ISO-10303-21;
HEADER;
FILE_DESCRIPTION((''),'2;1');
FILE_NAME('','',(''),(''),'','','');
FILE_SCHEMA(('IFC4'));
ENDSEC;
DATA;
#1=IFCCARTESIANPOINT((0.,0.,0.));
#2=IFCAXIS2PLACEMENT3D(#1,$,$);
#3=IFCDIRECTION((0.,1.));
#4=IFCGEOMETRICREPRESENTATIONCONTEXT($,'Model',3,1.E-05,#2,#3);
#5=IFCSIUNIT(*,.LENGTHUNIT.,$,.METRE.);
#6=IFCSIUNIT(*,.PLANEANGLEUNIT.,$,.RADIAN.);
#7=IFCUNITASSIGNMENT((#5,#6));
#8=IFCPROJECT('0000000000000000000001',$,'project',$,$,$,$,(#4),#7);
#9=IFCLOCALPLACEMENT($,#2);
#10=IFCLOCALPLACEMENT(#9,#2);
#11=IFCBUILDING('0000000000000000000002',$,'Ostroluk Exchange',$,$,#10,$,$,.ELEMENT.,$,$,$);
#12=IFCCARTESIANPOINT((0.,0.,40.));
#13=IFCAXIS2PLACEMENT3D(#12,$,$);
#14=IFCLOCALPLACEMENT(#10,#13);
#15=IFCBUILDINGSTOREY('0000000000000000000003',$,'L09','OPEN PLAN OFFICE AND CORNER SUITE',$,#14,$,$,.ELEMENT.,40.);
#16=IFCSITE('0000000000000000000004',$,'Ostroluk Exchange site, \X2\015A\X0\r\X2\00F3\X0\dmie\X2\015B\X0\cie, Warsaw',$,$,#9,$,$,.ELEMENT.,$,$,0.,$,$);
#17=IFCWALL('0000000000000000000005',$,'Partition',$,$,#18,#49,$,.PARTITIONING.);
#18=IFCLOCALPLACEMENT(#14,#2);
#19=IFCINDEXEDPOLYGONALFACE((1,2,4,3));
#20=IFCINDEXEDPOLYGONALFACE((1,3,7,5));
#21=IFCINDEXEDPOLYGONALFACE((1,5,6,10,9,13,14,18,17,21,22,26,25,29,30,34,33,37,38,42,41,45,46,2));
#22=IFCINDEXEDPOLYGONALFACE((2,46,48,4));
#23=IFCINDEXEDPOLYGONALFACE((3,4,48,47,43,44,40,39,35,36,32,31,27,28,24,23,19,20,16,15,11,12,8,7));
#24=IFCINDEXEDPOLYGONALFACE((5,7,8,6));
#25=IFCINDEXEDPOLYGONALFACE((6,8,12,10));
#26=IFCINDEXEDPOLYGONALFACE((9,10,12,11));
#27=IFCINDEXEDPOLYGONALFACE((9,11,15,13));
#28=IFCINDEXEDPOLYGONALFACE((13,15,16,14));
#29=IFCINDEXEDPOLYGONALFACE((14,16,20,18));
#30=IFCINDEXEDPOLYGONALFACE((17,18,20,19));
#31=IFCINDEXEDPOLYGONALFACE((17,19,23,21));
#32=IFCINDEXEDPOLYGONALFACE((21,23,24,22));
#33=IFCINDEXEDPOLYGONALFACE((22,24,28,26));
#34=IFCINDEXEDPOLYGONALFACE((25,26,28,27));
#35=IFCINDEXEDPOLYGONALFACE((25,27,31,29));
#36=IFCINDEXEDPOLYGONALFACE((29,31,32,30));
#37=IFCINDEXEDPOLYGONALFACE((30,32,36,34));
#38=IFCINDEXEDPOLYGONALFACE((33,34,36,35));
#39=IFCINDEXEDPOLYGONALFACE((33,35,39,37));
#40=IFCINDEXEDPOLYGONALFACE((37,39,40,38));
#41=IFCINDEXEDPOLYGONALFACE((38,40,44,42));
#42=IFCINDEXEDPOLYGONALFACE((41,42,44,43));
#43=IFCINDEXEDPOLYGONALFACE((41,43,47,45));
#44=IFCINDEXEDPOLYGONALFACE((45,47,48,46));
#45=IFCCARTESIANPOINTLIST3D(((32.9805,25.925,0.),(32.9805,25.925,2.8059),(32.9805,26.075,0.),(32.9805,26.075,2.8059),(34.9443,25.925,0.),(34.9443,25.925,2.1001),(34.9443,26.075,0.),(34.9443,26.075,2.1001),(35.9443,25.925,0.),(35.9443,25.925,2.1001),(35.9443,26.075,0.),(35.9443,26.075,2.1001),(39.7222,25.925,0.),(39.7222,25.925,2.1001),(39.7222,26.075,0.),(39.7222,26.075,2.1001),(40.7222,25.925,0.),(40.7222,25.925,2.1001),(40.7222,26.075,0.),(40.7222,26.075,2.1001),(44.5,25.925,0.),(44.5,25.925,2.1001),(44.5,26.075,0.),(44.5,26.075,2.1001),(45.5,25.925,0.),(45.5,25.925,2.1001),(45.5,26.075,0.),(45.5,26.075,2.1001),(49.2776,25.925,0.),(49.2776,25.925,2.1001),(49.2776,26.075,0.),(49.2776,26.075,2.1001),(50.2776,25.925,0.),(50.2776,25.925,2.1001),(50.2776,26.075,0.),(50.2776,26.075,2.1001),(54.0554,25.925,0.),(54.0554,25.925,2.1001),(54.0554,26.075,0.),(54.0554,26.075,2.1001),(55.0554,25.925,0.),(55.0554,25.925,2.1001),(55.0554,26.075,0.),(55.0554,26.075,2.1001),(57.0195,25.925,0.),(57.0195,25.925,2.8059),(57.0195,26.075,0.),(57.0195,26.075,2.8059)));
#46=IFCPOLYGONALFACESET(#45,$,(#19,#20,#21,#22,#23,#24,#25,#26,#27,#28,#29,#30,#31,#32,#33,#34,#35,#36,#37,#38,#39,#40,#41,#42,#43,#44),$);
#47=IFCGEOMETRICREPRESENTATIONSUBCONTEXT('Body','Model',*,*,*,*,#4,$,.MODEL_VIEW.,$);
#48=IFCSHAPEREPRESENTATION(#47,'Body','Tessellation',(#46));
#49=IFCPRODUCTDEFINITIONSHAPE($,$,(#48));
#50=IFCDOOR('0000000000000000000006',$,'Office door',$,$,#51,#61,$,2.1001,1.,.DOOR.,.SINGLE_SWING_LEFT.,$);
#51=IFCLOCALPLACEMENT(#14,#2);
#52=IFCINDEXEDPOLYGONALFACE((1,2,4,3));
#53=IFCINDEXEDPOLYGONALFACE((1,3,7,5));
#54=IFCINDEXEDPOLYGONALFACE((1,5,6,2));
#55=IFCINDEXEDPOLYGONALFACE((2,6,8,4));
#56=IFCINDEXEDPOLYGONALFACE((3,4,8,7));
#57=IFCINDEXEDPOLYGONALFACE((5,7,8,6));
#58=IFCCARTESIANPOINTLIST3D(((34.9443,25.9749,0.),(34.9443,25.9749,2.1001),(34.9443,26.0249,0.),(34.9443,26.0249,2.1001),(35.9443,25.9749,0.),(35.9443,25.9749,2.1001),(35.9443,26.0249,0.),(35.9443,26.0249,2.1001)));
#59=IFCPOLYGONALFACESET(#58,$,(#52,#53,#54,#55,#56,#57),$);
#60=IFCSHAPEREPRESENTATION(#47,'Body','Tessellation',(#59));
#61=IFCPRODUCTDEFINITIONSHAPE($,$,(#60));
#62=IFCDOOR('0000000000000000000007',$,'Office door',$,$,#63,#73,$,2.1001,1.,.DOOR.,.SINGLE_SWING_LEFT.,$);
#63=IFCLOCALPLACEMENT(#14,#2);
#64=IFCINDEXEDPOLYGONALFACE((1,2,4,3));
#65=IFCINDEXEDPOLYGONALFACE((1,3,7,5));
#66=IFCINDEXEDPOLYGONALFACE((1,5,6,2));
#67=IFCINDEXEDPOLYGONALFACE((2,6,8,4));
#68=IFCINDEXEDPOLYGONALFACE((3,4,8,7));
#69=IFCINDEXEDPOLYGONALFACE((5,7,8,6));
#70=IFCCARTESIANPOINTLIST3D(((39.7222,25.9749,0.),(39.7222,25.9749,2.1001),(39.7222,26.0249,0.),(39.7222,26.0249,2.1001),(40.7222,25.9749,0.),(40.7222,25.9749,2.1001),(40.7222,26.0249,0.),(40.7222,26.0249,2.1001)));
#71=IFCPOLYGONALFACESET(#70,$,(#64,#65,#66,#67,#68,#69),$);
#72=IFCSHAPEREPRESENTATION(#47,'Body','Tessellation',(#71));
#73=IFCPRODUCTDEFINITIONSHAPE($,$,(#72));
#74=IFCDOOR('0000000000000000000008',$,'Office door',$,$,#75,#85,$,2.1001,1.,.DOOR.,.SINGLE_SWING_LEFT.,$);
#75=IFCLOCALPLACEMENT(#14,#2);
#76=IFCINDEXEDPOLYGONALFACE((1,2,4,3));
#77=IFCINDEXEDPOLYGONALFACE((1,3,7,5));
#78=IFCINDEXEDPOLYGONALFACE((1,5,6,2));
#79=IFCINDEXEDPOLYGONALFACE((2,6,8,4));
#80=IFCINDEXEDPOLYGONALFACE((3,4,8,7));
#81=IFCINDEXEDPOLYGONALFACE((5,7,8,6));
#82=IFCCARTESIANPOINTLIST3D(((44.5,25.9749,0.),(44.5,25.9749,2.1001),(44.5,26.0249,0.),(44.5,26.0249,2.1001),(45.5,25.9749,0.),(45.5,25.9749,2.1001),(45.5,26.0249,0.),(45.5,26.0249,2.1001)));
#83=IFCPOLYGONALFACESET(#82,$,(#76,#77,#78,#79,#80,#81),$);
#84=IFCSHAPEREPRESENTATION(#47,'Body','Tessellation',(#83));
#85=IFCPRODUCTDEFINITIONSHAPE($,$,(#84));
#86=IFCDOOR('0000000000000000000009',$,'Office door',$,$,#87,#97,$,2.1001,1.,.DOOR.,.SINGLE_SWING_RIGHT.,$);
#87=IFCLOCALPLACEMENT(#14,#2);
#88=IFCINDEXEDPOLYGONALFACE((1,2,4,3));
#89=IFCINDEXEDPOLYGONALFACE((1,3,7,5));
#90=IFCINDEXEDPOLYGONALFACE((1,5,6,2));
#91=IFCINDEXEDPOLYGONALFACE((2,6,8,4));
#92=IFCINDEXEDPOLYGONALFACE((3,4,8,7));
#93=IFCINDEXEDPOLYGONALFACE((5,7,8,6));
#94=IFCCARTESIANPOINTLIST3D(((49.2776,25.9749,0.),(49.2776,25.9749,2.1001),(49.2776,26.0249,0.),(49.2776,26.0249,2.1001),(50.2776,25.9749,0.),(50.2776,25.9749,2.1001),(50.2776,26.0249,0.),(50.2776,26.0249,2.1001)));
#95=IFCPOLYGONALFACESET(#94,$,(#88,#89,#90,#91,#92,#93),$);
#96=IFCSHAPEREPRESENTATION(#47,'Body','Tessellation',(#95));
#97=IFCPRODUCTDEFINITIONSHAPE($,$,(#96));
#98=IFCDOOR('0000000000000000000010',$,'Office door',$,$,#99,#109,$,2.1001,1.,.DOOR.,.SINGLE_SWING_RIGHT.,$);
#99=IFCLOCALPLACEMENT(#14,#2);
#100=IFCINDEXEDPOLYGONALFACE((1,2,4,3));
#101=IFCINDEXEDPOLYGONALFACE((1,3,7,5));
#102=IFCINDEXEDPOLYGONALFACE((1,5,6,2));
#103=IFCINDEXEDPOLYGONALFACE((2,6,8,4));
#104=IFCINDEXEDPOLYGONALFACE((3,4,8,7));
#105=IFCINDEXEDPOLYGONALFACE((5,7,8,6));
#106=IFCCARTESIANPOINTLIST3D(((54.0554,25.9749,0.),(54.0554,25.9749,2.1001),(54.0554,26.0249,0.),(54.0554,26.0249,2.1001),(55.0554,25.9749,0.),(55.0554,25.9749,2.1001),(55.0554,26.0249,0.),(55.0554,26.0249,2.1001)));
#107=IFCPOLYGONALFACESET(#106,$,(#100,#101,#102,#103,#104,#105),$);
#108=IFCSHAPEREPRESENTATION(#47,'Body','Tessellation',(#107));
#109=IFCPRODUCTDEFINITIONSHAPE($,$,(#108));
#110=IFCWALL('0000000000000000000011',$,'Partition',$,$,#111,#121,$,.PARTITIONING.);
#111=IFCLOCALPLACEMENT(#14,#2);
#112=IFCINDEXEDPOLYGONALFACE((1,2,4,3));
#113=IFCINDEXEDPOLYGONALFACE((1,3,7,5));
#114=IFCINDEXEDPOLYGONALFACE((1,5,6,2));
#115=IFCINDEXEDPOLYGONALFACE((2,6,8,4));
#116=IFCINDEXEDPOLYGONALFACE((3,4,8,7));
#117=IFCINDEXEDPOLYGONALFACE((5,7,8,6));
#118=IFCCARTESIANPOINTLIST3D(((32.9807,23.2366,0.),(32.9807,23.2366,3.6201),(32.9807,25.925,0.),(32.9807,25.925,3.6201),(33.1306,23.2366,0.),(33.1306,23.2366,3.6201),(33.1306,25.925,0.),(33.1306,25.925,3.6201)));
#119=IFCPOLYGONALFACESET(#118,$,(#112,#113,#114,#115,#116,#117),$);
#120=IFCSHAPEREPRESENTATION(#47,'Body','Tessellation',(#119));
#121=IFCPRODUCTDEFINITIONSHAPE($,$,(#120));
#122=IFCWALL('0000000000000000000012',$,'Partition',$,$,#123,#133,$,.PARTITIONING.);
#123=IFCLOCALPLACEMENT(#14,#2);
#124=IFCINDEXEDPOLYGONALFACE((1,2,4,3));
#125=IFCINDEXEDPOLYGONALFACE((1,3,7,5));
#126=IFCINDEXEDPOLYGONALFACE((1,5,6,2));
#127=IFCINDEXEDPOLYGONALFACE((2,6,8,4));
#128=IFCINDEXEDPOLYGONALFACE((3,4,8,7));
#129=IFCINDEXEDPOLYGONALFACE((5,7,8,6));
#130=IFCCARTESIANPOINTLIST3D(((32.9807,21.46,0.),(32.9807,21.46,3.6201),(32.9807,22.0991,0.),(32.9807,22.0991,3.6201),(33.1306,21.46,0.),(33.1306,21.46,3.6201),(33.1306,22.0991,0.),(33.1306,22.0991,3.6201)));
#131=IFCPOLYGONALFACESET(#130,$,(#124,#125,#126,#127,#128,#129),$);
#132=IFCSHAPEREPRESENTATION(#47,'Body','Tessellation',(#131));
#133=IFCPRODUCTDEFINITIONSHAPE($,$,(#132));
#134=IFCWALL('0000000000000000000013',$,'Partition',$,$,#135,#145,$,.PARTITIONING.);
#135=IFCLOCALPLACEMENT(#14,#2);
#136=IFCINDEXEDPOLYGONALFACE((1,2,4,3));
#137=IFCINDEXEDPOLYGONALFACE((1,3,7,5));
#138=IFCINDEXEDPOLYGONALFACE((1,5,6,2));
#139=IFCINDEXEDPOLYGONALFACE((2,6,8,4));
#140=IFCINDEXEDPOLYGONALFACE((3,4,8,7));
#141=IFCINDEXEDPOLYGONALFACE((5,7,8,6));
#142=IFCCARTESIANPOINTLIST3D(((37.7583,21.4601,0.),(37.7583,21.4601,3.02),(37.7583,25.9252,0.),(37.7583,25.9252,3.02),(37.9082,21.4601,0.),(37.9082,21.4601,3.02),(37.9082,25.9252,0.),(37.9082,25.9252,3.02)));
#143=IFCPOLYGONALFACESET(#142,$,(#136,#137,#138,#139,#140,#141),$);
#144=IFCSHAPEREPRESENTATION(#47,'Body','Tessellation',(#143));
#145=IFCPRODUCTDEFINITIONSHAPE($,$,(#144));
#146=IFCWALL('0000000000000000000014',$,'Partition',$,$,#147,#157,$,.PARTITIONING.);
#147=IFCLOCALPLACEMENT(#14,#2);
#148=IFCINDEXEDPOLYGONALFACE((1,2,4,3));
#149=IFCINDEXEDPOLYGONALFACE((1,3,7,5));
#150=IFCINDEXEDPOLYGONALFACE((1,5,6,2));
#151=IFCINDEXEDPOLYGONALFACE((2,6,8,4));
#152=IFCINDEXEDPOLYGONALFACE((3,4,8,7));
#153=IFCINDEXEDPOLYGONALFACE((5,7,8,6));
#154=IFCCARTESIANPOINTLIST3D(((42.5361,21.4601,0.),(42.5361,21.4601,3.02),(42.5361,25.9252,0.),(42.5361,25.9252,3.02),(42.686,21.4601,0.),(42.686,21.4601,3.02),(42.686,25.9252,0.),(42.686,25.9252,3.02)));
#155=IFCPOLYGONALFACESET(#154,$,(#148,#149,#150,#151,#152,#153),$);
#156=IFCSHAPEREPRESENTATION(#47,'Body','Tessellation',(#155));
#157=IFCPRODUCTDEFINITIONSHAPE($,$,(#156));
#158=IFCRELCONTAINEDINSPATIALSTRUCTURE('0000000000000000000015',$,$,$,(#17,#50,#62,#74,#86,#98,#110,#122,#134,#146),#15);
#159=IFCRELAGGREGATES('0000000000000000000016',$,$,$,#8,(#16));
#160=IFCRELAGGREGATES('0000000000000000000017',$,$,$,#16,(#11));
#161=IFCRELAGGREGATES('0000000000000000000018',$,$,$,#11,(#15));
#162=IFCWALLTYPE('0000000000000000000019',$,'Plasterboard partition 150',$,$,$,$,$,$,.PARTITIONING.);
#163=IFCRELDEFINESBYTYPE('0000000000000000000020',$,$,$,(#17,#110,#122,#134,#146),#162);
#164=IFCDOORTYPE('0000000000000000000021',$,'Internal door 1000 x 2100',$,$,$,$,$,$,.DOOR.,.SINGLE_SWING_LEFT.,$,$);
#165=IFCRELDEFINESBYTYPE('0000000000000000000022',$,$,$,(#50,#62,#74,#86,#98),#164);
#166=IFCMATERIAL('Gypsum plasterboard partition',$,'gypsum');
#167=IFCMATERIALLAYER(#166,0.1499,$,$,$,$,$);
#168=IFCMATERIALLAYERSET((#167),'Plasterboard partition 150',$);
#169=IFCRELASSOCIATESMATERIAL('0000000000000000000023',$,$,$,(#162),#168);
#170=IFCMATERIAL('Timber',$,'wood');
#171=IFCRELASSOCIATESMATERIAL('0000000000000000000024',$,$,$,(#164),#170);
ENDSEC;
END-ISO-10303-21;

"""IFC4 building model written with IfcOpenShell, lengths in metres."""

from ifc_helpers import new_model, si_unit, direction, frame, frame_2d, origin, place, context, subcontext, project, spatial, rectangle, extrude, material, layer, layer_set, type_object, element, fill, save


model = new_model("IFC4")

# Units and contexts
model_context = context("Model", 3, precision=1e-05, world=origin(), true_north=direction((0.0, 1.0)))
body_context = subcontext(model_context, "Body", "Model", "MODEL_VIEW")
ifc_project = project(units=[si_unit("LENGTHUNIT", "METRE"), si_unit("PLANEANGLEUNIT", "RADIAN")], contexts=[model_context])

# Site, building, storey
site_placement = place(None, origin())
site = spatial("IfcSite", under=ifc_project, at=site_placement, Name="Ostroluk Exchange site, Śródmieście, Warsaw", CompositionType="ELEMENT", RefElevation=0.0)
building_placement = place(site_placement, origin())
building = spatial("IfcBuilding", under=site, at=building_placement, Name="Ostroluk Exchange", CompositionType="ELEMENT")
storey_placement = place(building_placement, frame((0.0, 0.0, 40.0)))
storey = spatial("IfcBuildingStorey", under=building, at=storey_placement, Name="L09", Description="OPEN PLAN OFFICE AND CORNER SUITE", CompositionType="ELEMENT", Elevation=40.0)

# Wall, openings, doors
ifc_material_1 = material(Name="Gypsum plasterboard partition", Category="gypsum")
ifc_layer_1 = layer(ifc_material_1, 0.1499)
ifc_layer_set_1 = layer_set([ifc_layer_1], Name="Plasterboard partition 150")
wall_type = type_object("IfcWallType", Name="Plasterboard partition 150", PredefinedType="PARTITIONING", material=ifc_layer_set_1)
wall_1_placement = place(storey_placement, frame((32.9805, 26.0, 0.0), z_axis=(0.0, 0.0, 1.0), x_axis=(1.0, 0.0, 0.0)))
wall_1 = element("IfcWall", 1, at=wall_1_placement, inside=storey, type_object=wall_type, Name="Partition", PredefinedType="PARTITIONING", context=body_context, shape_type="SweptSolid", body=[
    extrude(rectangle(XDim=24.0391, YDim=0.1499, at=frame_2d((12.0195, 0.0))), origin(), (0.0, 0.0, 1.0), 2.8059),
])
opening_1_placement = place(wall_1_placement, frame((1.9639, 0.0, 0.0)))
opening_1 = element("IfcOpeningElement", 2, at=opening_1_placement, cuts=wall_1, PredefinedType="OPENING", context=body_context, shape_type="SweptSolid", body=[
    extrude(rectangle(XDim=1.0, YDim=2.1001, at=frame_2d((0.5, 1.05))), frame((0.0, 0.085, 0.0), z_axis=(0.0, -1.0, 0.0), x_axis=(1.0, 0.0, 0.0)), (0.0, 0.0, 1.0), 0.1699),
])
opening_2_placement = place(wall_1_placement, frame((6.7417, 0.0, 0.0)))
opening_2 = element("IfcOpeningElement", 3, at=opening_2_placement, cuts=wall_1, PredefinedType="OPENING", context=body_context, shape_type="SweptSolid", body=[
    extrude(rectangle(XDim=1.0, YDim=2.1001, at=frame_2d((0.5, 1.05))), frame((0.0, 0.085, 0.0), z_axis=(0.0, -1.0, 0.0), x_axis=(1.0, 0.0, 0.0)), (0.0, 0.0, 1.0), 0.1699),
])
opening_3_placement = place(wall_1_placement, frame((11.5195, 0.0, 0.0)))
opening_3 = element("IfcOpeningElement", 4, at=opening_3_placement, cuts=wall_1, PredefinedType="OPENING", context=body_context, shape_type="SweptSolid", body=[
    extrude(rectangle(XDim=1.0, YDim=2.1001, at=frame_2d((0.5, 1.05))), frame((0.0, 0.085, 0.0), z_axis=(0.0, -1.0, 0.0), x_axis=(1.0, 0.0, 0.0)), (0.0, 0.0, 1.0), 0.1699),
])
opening_4_placement = place(wall_1_placement, frame((16.2971, 0.0, 0.0)))
opening_4 = element("IfcOpeningElement", 5, at=opening_4_placement, cuts=wall_1, PredefinedType="OPENING", context=body_context, shape_type="SweptSolid", body=[
    extrude(rectangle(XDim=1.0, YDim=2.1001, at=frame_2d((0.5, 1.05))), frame((0.0, 0.085, 0.0), z_axis=(0.0, -1.0, 0.0), x_axis=(1.0, 0.0, 0.0)), (0.0, 0.0, 1.0), 0.1699),
])
opening_5_placement = place(wall_1_placement, frame((21.075, 0.0, 0.0)))
opening_5 = element("IfcOpeningElement", 6, at=opening_5_placement, cuts=wall_1, PredefinedType="OPENING", context=body_context, shape_type="SweptSolid", body=[
    extrude(rectangle(XDim=1.0, YDim=2.1001, at=frame_2d((0.5, 1.05))), frame((0.0, 0.085, 0.0), z_axis=(0.0, -1.0, 0.0), x_axis=(1.0, 0.0, 0.0)), (0.0, 0.0, 1.0), 0.1699),
])
ifc_material_2 = material(Name="Timber", Category="wood")
door_type_1 = type_object("IfcDoorType", Name="Internal door 1000 x 2100", OperationType="SINGLE_SWING_LEFT", PredefinedType="DOOR", material=ifc_material_2)
door_1_placement = place(opening_1_placement, origin())
door_1 = element("IfcDoor", 7, at=door_1_placement, inside=storey, type_object=door_type_1, Name="Office door", OperationType="SINGLE_SWING_LEFT", OverallHeight=2.1001, OverallWidth=1.0, PredefinedType="DOOR", context=body_context, shape_type="SweptSolid", body=[
    extrude(rectangle(XDim=1.0, YDim=2.1001, at=frame_2d((0.5, 1.05))), frame((0.0, 0.0249, 0.0), z_axis=(0.0, -1.0, 0.0), x_axis=(1.0, 0.0, 0.0)), (0.0, 0.0, 1.0), 0.05),
])
fill(opening_1, door_1)
door_2_placement = place(opening_2_placement, origin())
door_2 = element("IfcDoor", 8, at=door_2_placement, inside=storey, type_object=door_type_1, Name="Office door", OperationType="SINGLE_SWING_LEFT", OverallHeight=2.1001, OverallWidth=1.0, PredefinedType="DOOR", context=body_context, shape_type="SweptSolid", body=[
    extrude(rectangle(XDim=1.0, YDim=2.1001, at=frame_2d((0.5, 1.05))), frame((0.0, 0.0249, 0.0), z_axis=(0.0, -1.0, 0.0), x_axis=(1.0, 0.0, 0.0)), (0.0, 0.0, 1.0), 0.05),
])
fill(opening_2, door_2)
door_3_placement = place(opening_3_placement, origin())
door_3 = element("IfcDoor", 9, at=door_3_placement, inside=storey, type_object=door_type_1, Name="Office door", OperationType="SINGLE_SWING_LEFT", OverallHeight=2.1001, OverallWidth=1.0, PredefinedType="DOOR", context=body_context, shape_type="SweptSolid", body=[
    extrude(rectangle(XDim=1.0, YDim=2.1001, at=frame_2d((0.5, 1.05))), frame((0.0, 0.0249, 0.0), z_axis=(0.0, -1.0, 0.0), x_axis=(1.0, 0.0, 0.0)), (0.0, 0.0, 1.0), 0.05),
])
fill(opening_3, door_3)
door_4_placement = place(opening_4_placement, origin())
door_4 = element("IfcDoor", 10, at=door_4_placement, inside=storey, type_object=door_type_1, Name="Office door", OperationType="SINGLE_SWING_RIGHT", OverallHeight=2.1001, OverallWidth=1.0, PredefinedType="DOOR", context=body_context, shape_type="SweptSolid", body=[
    extrude(rectangle(XDim=1.0, YDim=2.1001, at=frame_2d((0.5, 1.05))), frame((0.0, 0.0249, 0.0), z_axis=(0.0, -1.0, 0.0), x_axis=(1.0, 0.0, 0.0)), (0.0, 0.0, 1.0), 0.05),
])
fill(opening_4, door_4)
door_5_placement = place(opening_5_placement, origin())
door_5 = element("IfcDoor", 11, at=door_5_placement, inside=storey, type_object=door_type_1, Name="Office door", OperationType="SINGLE_SWING_RIGHT", OverallHeight=2.1001, OverallWidth=1.0, PredefinedType="DOOR", context=body_context, shape_type="SweptSolid", body=[
    extrude(rectangle(XDim=1.0, YDim=2.1001, at=frame_2d((0.5, 1.05))), frame((0.0, 0.0249, 0.0), z_axis=(0.0, -1.0, 0.0), x_axis=(1.0, 0.0, 0.0)), (0.0, 0.0, 1.0), 0.05),
])
fill(opening_5, door_5)

# Walls
wall_2_placement = place(storey_placement, frame((33.0557, 25.925, 0.0), z_axis=(0.0, 0.0, 1.0), x_axis=(0.0, -1.0, 0.0)))
element("IfcWall", 12, at=wall_2_placement, inside=storey, type_object=wall_type, Name="Partition", PredefinedType="PARTITIONING", context=body_context, shape_type="SweptSolid", body=[
    extrude(rectangle(XDim=2.6885, YDim=0.1499, at=frame_2d((1.3442, 0.0))), origin(), (0.0, 0.0, 1.0), 3.6201),
])
wall_3_placement = place(storey_placement, frame((33.0557, 22.0991, 0.0), z_axis=(0.0, 0.0, 1.0), x_axis=(0.0, -1.0, 0.0)))
element("IfcWall", 13, at=wall_3_placement, inside=storey, type_object=wall_type, Name="Partition", PredefinedType="PARTITIONING", context=body_context, shape_type="SweptSolid", body=[
    extrude(rectangle(XDim=0.6392, YDim=0.1499, at=frame_2d((0.3196, 0.0))), origin(), (0.0, 0.0, 1.0), 3.6201),
])
for number, where, z_axis, x_axis, name in (
    (14, (37.8333, 25.925, 0.0), (0.0, 0.0, 1.0), (0.0, -1.0, 0.0), "Partition"),
    (15, (42.6111, 25.925, 0.0), (0.0, 0.0, 1.0), (0.0, -1.0, 0.0), "Partition"),
):
    element("IfcWall", number, at=place(storey_placement, frame(where, z_axis=z_axis, x_axis=x_axis)), inside=storey, type_object=wall_type, Name=name, PredefinedType="PARTITIONING", context=body_context, shape_type="SweptSolid", body=[
        extrude(rectangle(XDim=4.4651, YDim=0.1499, at=frame_2d((2.2324, 0.0))), origin(), (0.0, 0.0, 1.0), 3.02),
    ])

save(model, "model.ifc")
